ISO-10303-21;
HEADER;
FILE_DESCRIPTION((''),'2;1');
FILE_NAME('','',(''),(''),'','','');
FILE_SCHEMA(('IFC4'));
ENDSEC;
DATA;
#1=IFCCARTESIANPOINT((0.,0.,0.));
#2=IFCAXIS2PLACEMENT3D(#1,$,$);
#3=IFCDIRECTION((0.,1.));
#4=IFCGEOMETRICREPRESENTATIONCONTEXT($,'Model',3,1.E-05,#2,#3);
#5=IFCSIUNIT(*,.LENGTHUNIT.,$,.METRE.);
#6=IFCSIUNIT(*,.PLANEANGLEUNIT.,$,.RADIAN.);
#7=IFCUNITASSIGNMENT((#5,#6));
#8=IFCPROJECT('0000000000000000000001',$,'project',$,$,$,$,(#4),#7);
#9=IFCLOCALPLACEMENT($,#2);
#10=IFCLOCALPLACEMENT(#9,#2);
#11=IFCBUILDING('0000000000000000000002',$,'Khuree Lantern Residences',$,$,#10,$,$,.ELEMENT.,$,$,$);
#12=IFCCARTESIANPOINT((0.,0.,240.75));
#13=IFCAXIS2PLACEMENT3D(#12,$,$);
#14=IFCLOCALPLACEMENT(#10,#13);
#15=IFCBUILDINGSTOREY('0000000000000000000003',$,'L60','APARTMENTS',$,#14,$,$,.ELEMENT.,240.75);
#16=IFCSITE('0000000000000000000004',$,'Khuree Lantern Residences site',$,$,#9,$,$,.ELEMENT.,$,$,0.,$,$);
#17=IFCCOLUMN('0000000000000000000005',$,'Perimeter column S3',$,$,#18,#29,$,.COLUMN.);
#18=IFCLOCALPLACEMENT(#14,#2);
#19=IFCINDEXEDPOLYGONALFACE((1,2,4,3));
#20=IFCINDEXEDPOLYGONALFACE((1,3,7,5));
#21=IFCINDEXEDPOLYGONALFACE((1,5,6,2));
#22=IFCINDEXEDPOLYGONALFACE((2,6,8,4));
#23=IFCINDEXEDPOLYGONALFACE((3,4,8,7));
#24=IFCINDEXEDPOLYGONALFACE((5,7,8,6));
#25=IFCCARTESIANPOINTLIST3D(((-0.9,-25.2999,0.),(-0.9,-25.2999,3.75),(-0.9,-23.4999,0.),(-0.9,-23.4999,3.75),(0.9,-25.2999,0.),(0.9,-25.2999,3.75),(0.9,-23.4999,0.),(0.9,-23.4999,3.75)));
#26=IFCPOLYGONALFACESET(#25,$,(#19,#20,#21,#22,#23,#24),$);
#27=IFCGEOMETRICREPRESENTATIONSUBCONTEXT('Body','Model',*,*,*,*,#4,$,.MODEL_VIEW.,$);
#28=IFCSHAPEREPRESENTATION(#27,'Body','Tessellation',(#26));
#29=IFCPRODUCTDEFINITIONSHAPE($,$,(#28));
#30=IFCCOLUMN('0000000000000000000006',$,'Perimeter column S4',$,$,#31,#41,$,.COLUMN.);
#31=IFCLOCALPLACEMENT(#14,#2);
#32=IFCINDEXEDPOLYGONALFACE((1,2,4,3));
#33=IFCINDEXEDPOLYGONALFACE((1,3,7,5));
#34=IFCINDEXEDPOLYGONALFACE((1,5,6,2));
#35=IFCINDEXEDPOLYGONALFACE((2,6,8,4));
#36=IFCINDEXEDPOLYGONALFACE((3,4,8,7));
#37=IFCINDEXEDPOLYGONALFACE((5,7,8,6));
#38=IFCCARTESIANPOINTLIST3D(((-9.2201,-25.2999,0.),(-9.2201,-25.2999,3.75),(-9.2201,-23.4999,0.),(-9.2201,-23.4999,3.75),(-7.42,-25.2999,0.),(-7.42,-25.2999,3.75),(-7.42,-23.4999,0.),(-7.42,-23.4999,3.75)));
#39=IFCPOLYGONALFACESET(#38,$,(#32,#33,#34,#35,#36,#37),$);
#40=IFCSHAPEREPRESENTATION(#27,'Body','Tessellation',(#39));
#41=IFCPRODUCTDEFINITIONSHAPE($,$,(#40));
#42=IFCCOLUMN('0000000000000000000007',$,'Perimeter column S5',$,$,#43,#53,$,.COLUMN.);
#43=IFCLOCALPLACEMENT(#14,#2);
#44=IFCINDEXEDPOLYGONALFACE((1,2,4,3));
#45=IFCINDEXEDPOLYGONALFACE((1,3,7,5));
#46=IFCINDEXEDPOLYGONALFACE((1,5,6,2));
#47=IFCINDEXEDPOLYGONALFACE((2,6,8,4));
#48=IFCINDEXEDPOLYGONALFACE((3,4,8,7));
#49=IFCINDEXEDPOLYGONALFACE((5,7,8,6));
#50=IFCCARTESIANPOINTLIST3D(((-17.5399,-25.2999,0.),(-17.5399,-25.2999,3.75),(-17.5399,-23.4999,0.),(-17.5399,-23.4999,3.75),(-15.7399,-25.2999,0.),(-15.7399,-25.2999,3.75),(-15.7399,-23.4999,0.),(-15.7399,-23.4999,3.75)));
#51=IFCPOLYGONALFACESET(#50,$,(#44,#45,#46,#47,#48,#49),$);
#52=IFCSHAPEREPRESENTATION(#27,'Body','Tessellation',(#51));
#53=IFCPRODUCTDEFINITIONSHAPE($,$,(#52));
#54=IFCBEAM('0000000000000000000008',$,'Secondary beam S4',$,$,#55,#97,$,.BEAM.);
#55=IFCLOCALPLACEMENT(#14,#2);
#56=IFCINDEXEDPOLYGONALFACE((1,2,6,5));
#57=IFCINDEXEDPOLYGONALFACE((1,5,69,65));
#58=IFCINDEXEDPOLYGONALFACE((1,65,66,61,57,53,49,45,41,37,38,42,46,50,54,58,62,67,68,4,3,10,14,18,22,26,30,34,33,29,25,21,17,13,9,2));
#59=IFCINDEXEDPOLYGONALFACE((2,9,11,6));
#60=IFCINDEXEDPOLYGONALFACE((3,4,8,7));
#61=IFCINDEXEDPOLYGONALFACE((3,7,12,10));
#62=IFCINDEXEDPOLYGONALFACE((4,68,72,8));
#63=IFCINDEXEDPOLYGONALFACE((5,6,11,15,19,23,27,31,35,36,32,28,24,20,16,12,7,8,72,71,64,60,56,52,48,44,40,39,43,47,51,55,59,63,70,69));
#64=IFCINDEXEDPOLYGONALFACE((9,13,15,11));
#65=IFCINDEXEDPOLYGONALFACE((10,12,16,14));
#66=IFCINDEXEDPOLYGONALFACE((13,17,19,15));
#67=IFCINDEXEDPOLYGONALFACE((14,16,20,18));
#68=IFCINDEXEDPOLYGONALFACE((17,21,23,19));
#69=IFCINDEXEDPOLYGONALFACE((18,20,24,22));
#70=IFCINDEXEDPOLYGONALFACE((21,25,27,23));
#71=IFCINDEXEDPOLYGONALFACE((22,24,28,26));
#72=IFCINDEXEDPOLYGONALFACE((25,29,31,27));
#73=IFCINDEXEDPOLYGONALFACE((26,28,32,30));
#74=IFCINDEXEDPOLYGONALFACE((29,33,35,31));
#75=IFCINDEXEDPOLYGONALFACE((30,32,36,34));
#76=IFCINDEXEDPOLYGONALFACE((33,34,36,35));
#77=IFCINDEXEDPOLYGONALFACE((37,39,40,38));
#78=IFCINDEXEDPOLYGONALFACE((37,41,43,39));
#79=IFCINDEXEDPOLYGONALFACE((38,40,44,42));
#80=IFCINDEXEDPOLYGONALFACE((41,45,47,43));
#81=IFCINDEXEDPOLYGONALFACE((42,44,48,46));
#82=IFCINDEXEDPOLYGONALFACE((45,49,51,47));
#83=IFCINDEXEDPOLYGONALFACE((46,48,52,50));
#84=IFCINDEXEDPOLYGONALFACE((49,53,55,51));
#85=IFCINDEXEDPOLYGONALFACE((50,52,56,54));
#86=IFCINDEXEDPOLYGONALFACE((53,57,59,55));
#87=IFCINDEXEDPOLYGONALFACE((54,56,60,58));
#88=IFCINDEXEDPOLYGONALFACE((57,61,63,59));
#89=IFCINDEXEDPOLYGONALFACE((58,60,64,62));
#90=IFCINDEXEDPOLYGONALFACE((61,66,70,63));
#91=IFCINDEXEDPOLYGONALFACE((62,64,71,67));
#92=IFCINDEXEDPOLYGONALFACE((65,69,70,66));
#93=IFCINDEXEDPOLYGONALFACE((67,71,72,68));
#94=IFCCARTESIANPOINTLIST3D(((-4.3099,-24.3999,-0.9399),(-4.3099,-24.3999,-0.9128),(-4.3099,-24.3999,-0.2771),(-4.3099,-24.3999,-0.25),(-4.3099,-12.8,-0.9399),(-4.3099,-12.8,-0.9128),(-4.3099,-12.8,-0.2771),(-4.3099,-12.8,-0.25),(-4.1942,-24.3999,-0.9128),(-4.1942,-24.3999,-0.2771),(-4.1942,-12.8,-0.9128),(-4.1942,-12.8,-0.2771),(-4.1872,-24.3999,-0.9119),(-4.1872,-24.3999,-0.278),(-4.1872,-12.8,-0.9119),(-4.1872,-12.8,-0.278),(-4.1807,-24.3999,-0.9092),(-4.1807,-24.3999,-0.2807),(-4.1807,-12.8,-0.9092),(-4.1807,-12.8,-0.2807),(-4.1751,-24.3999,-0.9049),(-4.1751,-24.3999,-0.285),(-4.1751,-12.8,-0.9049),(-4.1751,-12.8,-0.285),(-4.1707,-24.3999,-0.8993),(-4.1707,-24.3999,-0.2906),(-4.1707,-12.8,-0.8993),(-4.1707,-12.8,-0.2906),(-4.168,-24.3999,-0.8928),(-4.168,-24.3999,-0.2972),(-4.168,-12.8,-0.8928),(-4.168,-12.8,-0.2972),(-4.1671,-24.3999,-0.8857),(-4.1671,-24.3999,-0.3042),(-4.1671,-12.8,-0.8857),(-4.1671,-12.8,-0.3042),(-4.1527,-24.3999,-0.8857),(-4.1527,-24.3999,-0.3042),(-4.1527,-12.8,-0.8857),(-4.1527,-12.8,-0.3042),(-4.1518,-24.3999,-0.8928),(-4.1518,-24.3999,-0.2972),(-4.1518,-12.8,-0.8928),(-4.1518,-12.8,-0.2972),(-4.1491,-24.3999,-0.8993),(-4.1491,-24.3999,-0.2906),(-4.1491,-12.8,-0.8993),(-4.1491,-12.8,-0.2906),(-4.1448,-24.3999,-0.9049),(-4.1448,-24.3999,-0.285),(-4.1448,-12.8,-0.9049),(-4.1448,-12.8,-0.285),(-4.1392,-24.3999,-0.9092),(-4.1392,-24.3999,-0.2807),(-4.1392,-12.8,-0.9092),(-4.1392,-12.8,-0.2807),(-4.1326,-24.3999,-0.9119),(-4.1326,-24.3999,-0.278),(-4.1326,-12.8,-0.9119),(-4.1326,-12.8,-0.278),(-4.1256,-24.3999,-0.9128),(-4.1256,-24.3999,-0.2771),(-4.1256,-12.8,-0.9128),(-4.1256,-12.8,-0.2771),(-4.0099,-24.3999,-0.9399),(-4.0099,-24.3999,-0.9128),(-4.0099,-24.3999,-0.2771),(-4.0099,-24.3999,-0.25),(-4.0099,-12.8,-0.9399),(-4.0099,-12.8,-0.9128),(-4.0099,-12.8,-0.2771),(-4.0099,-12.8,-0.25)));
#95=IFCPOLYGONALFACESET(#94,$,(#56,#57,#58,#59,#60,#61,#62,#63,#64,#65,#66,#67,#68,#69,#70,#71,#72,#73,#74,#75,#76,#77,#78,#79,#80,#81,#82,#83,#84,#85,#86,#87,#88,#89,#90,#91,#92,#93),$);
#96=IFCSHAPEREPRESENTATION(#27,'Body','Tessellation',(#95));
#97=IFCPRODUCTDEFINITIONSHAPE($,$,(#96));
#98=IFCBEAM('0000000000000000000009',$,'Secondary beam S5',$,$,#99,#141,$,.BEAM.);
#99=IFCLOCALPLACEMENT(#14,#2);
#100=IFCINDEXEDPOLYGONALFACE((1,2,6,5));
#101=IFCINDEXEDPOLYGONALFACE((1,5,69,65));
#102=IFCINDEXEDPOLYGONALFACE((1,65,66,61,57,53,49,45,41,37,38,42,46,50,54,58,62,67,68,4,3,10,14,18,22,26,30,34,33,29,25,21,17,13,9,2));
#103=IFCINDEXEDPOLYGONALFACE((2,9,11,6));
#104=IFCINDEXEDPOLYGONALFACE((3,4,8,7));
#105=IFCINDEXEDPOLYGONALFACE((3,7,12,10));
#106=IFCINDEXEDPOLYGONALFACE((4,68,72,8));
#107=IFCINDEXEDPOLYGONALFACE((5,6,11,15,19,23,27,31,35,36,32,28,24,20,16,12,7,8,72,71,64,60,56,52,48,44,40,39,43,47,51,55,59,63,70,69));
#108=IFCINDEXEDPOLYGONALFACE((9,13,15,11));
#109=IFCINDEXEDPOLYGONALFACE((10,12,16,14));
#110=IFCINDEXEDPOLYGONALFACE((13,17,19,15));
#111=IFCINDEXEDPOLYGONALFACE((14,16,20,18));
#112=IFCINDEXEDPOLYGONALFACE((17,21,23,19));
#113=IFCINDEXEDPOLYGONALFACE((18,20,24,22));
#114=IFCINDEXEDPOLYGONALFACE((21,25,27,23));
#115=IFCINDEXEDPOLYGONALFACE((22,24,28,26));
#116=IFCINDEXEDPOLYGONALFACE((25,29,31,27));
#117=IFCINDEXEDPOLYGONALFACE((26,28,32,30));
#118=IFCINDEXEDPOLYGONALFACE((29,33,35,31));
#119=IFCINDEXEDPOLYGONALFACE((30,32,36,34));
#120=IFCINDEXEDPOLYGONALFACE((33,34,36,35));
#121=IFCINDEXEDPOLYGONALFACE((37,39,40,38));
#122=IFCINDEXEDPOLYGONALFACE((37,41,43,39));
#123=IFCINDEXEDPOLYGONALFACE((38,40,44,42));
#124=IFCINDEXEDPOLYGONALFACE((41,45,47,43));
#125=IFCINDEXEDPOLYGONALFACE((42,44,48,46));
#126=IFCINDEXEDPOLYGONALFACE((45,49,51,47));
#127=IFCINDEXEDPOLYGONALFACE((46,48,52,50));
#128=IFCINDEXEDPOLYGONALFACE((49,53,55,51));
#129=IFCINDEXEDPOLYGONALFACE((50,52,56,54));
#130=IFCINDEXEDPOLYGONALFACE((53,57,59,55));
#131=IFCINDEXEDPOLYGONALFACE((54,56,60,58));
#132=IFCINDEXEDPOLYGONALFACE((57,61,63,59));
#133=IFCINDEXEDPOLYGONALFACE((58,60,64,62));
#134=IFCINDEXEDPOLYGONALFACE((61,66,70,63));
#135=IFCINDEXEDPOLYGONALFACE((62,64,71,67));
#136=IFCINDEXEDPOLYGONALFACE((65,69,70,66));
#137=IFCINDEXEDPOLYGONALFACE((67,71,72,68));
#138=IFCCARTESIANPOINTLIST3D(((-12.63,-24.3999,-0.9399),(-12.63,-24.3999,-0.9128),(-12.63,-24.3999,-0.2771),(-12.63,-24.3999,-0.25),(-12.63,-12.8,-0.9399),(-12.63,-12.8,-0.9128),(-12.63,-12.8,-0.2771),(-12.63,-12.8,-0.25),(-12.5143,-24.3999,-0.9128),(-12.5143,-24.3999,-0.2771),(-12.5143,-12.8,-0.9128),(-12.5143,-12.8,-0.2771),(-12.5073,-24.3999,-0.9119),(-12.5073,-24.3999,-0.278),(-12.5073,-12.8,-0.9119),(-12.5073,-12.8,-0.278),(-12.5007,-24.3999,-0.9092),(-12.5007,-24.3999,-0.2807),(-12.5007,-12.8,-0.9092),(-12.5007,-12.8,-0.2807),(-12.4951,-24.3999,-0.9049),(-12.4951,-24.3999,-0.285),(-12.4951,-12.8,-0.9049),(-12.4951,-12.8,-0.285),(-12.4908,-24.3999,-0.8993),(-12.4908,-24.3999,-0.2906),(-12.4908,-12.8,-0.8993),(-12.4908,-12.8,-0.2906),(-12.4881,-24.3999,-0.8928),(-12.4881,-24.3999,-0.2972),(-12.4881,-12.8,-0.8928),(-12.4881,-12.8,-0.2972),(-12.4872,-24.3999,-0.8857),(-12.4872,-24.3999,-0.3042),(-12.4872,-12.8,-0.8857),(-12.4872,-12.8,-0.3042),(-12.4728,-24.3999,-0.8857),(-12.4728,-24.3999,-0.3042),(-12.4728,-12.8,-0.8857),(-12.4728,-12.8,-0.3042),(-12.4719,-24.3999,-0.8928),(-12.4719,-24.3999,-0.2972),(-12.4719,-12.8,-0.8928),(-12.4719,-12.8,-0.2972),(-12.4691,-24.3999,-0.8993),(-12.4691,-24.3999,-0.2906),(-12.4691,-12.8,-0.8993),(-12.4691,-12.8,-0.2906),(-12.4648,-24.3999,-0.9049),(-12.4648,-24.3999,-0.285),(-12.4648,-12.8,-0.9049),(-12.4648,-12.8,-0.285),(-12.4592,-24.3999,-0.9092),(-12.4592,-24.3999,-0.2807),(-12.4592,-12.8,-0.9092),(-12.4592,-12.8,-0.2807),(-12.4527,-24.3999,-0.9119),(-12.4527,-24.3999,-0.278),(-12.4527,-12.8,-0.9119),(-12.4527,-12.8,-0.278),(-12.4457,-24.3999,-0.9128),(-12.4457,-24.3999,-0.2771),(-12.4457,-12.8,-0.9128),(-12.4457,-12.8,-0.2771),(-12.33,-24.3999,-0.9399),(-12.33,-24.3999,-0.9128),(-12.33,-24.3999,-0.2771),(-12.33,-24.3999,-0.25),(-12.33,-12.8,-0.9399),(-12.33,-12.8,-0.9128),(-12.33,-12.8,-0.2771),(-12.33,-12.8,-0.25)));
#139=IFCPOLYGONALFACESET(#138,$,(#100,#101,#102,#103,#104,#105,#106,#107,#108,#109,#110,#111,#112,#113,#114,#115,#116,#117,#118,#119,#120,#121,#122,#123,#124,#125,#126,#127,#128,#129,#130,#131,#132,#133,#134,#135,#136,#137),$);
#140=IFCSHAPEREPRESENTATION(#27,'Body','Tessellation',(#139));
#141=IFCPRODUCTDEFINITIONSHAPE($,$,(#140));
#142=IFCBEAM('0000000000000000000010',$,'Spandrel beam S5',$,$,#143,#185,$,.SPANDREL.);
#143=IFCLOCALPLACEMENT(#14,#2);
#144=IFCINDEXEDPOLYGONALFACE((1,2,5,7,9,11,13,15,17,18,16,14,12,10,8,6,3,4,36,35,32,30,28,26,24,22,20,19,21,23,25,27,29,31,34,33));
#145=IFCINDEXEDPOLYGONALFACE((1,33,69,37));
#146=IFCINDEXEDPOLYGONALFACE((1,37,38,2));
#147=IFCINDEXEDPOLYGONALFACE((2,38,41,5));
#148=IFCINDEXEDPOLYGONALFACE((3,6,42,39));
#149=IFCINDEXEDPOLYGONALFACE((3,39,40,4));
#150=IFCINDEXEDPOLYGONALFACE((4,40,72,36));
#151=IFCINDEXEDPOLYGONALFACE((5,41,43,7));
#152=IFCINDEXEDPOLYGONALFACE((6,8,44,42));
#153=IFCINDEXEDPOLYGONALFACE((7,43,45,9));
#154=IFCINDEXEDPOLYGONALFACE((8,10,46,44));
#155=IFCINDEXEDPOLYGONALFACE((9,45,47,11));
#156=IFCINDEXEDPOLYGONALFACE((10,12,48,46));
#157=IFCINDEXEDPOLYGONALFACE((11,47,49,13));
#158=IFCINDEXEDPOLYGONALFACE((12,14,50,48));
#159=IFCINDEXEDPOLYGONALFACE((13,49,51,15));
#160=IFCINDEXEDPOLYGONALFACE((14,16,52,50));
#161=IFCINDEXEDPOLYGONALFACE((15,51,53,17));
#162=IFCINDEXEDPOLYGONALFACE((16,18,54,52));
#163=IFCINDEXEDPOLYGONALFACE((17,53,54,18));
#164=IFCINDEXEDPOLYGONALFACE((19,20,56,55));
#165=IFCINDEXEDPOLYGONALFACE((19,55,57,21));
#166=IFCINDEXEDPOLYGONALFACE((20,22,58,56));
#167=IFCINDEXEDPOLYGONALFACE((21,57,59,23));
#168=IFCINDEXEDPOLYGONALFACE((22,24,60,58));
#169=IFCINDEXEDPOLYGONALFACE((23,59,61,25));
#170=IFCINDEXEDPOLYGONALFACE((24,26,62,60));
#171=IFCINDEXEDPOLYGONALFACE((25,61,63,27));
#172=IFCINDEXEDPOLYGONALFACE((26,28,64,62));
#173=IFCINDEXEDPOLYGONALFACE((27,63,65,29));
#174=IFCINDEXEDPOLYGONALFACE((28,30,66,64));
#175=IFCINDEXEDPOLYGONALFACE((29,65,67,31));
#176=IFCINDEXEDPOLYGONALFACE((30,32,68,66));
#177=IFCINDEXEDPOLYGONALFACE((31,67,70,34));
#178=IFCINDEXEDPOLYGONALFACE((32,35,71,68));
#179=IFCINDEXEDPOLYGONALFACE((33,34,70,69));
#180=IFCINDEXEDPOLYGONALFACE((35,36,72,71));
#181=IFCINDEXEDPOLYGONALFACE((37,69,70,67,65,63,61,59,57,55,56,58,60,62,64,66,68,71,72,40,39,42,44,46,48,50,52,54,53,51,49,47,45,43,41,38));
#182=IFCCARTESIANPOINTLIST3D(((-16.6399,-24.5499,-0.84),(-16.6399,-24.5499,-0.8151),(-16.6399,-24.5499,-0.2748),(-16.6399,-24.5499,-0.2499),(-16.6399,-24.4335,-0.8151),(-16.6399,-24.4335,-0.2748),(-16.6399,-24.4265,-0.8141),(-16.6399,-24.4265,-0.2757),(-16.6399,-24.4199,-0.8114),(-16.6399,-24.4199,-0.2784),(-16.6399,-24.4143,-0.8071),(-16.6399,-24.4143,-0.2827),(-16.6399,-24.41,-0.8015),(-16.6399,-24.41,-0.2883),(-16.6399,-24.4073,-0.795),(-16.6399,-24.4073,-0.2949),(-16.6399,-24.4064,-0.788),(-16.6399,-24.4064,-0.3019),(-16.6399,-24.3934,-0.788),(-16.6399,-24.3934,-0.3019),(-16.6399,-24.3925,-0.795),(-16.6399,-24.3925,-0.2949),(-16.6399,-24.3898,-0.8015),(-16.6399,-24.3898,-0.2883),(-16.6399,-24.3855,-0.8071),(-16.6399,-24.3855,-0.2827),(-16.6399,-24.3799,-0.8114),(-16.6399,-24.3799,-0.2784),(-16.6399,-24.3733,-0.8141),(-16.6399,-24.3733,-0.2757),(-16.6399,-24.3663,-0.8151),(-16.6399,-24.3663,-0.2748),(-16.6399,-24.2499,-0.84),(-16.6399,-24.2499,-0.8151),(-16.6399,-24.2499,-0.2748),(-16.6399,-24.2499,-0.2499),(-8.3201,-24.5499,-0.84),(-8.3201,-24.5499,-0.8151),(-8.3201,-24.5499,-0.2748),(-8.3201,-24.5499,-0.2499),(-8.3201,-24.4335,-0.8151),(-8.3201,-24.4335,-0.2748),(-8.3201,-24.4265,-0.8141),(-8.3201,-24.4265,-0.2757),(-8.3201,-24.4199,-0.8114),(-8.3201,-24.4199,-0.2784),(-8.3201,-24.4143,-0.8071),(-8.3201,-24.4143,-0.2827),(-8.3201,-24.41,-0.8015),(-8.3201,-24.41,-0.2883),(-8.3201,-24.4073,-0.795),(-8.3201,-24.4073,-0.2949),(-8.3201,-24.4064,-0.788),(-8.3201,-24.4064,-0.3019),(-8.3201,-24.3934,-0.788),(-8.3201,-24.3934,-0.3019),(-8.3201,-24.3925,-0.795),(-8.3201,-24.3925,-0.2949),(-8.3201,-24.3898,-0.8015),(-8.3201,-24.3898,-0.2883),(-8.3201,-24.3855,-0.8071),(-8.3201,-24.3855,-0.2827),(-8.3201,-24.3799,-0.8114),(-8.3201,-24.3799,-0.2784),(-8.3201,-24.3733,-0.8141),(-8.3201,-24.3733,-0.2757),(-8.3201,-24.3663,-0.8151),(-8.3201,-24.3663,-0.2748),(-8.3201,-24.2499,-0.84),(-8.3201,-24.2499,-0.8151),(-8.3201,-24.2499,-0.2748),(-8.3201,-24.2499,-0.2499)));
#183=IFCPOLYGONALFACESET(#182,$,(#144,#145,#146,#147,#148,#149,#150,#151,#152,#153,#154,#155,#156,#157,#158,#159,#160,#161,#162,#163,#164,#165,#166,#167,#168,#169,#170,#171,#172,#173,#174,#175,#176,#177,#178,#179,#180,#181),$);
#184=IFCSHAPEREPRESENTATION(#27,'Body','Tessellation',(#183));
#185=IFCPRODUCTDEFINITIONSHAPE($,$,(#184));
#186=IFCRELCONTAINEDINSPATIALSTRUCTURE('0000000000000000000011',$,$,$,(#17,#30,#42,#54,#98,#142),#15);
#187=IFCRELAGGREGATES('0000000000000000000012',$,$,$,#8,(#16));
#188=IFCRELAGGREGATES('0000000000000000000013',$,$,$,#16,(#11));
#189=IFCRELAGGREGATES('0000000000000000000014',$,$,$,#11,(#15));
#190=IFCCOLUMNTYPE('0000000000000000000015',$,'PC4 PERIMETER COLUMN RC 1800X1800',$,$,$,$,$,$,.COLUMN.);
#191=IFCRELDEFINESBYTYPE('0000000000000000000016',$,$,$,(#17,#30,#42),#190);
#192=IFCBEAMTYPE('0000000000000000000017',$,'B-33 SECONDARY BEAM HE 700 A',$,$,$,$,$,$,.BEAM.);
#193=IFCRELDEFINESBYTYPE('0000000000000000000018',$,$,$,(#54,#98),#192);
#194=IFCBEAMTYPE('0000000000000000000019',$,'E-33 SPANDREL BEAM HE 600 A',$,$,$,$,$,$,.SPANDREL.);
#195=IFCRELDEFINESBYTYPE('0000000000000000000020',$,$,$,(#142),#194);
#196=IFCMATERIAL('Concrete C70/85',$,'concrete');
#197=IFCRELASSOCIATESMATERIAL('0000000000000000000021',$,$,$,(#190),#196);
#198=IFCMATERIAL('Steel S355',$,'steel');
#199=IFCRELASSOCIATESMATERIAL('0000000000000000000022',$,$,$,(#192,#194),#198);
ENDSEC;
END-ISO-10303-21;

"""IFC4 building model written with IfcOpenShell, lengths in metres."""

from ifc_helpers import new_model, si_unit, direction, frame, origin, origin_2d, place, context, subcontext, project, spatial, rectangle, i_section, extrude, material, material_profile, profile_set, type_object, element, save


model = new_model("IFC4")

# Units and contexts
model_context = context("Model", 3, precision=1e-05, world=origin(), true_north=direction((0.0, 1.0)))
body_context = subcontext(model_context, "Body", "Model", "MODEL_VIEW")
ifc_project = project(units=[si_unit("LENGTHUNIT", "METRE"), si_unit("PLANEANGLEUNIT", "RADIAN")], contexts=[model_context])

# Site, building, storey
site_placement = place(None, origin())
site = spatial("IfcSite", under=ifc_project, at=site_placement, Name="Khuree Lantern Residences site", CompositionType="ELEMENT", RefElevation=0.0)
building_placement = place(site_placement, origin())
building = spatial("IfcBuilding", under=site, at=building_placement, Name="Khuree Lantern Residences", CompositionType="ELEMENT")
storey_placement = place(building_placement, frame((0.0, 0.0, 240.75)))
storey = spatial("IfcBuildingStorey", under=building, at=storey_placement, Name="L60", Description="APARTMENTS", CompositionType="ELEMENT", Elevation=240.75)

# Columns
ifc_material_1 = material(Name="Concrete C70/85", Category="concrete")
ifc_material_profile_1 = material_profile(ifc_material_1, rectangle(XDim=1.8, YDim=1.8, at=origin_2d()), Name="RC 1800X1800")
ifc_profile_set_1 = profile_set([ifc_material_profile_1], Name="Concrete C70/85")
column_type = type_object("IfcColumnType", Name="PC4 PERIMETER COLUMN RC 1800X1800", PredefinedType="COLUMN", material=ifc_profile_set_1)
for number, where, z_axis, x_axis, name in (
    (1, (0.0, -24.3999, 0.0), (0.0, 0.0, 1.0), (1.0, 0.0, 0.0), "Perimeter column S3"),
    (2, (-8.3201, -24.3999, 0.0), (0.0, 0.0, 1.0), (1.0, 0.0, 0.0), "Perimeter column S4"),
    (3, (-16.6399, -24.3999, 0.0), (0.0, 0.0, 1.0), (1.0, 0.0, 0.0), "Perimeter column S5"),
):
    element("IfcColumn", number, at=place(storey_placement, frame(where, z_axis=z_axis, x_axis=x_axis)), inside=storey, type_object=column_type, Name=name, PredefinedType="COLUMN", context=body_context, shape_type="SweptSolid", body=[
        extrude(rectangle(XDim=1.8, YDim=1.8, at=origin_2d()), origin(), (0.0, 0.0, 1.0), 3.75),
    ])

# Beams
ifc_material_2 = material(Name="Steel S355", Category="steel")
ifc_material_profile_2 = material_profile(ifc_material_2, i_section(OverallWidth=0.3, OverallDepth=0.6899, WebThickness=0.0144, FlangeThickness=0.0271, FilletRadius=0.0271, at=origin_2d()), Name="HE 700 A")
ifc_profile_set_2 = profile_set([ifc_material_profile_2], Name="Steel S355")
beam_type_1 = type_object("IfcBeamType", Name="B-33 SECONDARY BEAM HE 700 A", PredefinedType="BEAM", material=ifc_profile_set_2)
for number, where, z_axis, x_axis, name in (
    (4, (-4.1599, -24.3999, -0.595), (0.0, 1.0, 0.0), (-1.0, 0.0, 0.0), "Secondary beam S4"),
    (5, (-12.48, -24.3999, -0.595), (0.0, 1.0, 0.0), (-1.0, 0.0, 0.0), "Secondary beam S5"),
):
    element("IfcBeam", number, at=place(storey_placement, frame(where, z_axis=z_axis, x_axis=x_axis)), inside=storey, type_object=beam_type_1, Name=name, PredefinedType="BEAM", context=body_context, shape_type="SweptSolid", body=[
        extrude(i_section(OverallWidth=0.3, OverallDepth=0.6899, WebThickness=0.0144, FlangeThickness=0.0271, FilletRadius=0.0271, at=origin_2d()), origin(), (0.0, 0.0, 1.0), 11.5999),
    ])
ifc_material_profile_3 = material_profile(ifc_material_2, i_section(OverallWidth=0.3, OverallDepth=0.5901, WebThickness=0.0129, FlangeThickness=0.0249, FilletRadius=0.0271, at=origin_2d()), Name="HE 600 A")
ifc_profile_set_3 = profile_set([ifc_material_profile_3], Name="Steel S355")
beam_type_2 = type_object("IfcBeamType", Name="E-33 SPANDREL BEAM HE 600 A", PredefinedType="SPANDREL", material=ifc_profile_set_3)
beam_1_placement = place(storey_placement, frame((-8.3201, -24.3999, -0.5449), z_axis=(-1.0, 0.0, 0.0), x_axis=(0.0, -1.0, 0.0)))
element("IfcBeam", 6, at=beam_1_placement, inside=storey, type_object=beam_type_2, Name="Spandrel beam S5", PredefinedType="SPANDREL", context=body_context, shape_type="SweptSolid", body=[
    extrude(i_section(OverallWidth=0.3, OverallDepth=0.5901, WebThickness=0.0129, FlangeThickness=0.0249, FilletRadius=0.0271, at=origin_2d()), origin(), (0.0, 0.0, 1.0), 8.3198),
])

save(model, "model.ifc")
